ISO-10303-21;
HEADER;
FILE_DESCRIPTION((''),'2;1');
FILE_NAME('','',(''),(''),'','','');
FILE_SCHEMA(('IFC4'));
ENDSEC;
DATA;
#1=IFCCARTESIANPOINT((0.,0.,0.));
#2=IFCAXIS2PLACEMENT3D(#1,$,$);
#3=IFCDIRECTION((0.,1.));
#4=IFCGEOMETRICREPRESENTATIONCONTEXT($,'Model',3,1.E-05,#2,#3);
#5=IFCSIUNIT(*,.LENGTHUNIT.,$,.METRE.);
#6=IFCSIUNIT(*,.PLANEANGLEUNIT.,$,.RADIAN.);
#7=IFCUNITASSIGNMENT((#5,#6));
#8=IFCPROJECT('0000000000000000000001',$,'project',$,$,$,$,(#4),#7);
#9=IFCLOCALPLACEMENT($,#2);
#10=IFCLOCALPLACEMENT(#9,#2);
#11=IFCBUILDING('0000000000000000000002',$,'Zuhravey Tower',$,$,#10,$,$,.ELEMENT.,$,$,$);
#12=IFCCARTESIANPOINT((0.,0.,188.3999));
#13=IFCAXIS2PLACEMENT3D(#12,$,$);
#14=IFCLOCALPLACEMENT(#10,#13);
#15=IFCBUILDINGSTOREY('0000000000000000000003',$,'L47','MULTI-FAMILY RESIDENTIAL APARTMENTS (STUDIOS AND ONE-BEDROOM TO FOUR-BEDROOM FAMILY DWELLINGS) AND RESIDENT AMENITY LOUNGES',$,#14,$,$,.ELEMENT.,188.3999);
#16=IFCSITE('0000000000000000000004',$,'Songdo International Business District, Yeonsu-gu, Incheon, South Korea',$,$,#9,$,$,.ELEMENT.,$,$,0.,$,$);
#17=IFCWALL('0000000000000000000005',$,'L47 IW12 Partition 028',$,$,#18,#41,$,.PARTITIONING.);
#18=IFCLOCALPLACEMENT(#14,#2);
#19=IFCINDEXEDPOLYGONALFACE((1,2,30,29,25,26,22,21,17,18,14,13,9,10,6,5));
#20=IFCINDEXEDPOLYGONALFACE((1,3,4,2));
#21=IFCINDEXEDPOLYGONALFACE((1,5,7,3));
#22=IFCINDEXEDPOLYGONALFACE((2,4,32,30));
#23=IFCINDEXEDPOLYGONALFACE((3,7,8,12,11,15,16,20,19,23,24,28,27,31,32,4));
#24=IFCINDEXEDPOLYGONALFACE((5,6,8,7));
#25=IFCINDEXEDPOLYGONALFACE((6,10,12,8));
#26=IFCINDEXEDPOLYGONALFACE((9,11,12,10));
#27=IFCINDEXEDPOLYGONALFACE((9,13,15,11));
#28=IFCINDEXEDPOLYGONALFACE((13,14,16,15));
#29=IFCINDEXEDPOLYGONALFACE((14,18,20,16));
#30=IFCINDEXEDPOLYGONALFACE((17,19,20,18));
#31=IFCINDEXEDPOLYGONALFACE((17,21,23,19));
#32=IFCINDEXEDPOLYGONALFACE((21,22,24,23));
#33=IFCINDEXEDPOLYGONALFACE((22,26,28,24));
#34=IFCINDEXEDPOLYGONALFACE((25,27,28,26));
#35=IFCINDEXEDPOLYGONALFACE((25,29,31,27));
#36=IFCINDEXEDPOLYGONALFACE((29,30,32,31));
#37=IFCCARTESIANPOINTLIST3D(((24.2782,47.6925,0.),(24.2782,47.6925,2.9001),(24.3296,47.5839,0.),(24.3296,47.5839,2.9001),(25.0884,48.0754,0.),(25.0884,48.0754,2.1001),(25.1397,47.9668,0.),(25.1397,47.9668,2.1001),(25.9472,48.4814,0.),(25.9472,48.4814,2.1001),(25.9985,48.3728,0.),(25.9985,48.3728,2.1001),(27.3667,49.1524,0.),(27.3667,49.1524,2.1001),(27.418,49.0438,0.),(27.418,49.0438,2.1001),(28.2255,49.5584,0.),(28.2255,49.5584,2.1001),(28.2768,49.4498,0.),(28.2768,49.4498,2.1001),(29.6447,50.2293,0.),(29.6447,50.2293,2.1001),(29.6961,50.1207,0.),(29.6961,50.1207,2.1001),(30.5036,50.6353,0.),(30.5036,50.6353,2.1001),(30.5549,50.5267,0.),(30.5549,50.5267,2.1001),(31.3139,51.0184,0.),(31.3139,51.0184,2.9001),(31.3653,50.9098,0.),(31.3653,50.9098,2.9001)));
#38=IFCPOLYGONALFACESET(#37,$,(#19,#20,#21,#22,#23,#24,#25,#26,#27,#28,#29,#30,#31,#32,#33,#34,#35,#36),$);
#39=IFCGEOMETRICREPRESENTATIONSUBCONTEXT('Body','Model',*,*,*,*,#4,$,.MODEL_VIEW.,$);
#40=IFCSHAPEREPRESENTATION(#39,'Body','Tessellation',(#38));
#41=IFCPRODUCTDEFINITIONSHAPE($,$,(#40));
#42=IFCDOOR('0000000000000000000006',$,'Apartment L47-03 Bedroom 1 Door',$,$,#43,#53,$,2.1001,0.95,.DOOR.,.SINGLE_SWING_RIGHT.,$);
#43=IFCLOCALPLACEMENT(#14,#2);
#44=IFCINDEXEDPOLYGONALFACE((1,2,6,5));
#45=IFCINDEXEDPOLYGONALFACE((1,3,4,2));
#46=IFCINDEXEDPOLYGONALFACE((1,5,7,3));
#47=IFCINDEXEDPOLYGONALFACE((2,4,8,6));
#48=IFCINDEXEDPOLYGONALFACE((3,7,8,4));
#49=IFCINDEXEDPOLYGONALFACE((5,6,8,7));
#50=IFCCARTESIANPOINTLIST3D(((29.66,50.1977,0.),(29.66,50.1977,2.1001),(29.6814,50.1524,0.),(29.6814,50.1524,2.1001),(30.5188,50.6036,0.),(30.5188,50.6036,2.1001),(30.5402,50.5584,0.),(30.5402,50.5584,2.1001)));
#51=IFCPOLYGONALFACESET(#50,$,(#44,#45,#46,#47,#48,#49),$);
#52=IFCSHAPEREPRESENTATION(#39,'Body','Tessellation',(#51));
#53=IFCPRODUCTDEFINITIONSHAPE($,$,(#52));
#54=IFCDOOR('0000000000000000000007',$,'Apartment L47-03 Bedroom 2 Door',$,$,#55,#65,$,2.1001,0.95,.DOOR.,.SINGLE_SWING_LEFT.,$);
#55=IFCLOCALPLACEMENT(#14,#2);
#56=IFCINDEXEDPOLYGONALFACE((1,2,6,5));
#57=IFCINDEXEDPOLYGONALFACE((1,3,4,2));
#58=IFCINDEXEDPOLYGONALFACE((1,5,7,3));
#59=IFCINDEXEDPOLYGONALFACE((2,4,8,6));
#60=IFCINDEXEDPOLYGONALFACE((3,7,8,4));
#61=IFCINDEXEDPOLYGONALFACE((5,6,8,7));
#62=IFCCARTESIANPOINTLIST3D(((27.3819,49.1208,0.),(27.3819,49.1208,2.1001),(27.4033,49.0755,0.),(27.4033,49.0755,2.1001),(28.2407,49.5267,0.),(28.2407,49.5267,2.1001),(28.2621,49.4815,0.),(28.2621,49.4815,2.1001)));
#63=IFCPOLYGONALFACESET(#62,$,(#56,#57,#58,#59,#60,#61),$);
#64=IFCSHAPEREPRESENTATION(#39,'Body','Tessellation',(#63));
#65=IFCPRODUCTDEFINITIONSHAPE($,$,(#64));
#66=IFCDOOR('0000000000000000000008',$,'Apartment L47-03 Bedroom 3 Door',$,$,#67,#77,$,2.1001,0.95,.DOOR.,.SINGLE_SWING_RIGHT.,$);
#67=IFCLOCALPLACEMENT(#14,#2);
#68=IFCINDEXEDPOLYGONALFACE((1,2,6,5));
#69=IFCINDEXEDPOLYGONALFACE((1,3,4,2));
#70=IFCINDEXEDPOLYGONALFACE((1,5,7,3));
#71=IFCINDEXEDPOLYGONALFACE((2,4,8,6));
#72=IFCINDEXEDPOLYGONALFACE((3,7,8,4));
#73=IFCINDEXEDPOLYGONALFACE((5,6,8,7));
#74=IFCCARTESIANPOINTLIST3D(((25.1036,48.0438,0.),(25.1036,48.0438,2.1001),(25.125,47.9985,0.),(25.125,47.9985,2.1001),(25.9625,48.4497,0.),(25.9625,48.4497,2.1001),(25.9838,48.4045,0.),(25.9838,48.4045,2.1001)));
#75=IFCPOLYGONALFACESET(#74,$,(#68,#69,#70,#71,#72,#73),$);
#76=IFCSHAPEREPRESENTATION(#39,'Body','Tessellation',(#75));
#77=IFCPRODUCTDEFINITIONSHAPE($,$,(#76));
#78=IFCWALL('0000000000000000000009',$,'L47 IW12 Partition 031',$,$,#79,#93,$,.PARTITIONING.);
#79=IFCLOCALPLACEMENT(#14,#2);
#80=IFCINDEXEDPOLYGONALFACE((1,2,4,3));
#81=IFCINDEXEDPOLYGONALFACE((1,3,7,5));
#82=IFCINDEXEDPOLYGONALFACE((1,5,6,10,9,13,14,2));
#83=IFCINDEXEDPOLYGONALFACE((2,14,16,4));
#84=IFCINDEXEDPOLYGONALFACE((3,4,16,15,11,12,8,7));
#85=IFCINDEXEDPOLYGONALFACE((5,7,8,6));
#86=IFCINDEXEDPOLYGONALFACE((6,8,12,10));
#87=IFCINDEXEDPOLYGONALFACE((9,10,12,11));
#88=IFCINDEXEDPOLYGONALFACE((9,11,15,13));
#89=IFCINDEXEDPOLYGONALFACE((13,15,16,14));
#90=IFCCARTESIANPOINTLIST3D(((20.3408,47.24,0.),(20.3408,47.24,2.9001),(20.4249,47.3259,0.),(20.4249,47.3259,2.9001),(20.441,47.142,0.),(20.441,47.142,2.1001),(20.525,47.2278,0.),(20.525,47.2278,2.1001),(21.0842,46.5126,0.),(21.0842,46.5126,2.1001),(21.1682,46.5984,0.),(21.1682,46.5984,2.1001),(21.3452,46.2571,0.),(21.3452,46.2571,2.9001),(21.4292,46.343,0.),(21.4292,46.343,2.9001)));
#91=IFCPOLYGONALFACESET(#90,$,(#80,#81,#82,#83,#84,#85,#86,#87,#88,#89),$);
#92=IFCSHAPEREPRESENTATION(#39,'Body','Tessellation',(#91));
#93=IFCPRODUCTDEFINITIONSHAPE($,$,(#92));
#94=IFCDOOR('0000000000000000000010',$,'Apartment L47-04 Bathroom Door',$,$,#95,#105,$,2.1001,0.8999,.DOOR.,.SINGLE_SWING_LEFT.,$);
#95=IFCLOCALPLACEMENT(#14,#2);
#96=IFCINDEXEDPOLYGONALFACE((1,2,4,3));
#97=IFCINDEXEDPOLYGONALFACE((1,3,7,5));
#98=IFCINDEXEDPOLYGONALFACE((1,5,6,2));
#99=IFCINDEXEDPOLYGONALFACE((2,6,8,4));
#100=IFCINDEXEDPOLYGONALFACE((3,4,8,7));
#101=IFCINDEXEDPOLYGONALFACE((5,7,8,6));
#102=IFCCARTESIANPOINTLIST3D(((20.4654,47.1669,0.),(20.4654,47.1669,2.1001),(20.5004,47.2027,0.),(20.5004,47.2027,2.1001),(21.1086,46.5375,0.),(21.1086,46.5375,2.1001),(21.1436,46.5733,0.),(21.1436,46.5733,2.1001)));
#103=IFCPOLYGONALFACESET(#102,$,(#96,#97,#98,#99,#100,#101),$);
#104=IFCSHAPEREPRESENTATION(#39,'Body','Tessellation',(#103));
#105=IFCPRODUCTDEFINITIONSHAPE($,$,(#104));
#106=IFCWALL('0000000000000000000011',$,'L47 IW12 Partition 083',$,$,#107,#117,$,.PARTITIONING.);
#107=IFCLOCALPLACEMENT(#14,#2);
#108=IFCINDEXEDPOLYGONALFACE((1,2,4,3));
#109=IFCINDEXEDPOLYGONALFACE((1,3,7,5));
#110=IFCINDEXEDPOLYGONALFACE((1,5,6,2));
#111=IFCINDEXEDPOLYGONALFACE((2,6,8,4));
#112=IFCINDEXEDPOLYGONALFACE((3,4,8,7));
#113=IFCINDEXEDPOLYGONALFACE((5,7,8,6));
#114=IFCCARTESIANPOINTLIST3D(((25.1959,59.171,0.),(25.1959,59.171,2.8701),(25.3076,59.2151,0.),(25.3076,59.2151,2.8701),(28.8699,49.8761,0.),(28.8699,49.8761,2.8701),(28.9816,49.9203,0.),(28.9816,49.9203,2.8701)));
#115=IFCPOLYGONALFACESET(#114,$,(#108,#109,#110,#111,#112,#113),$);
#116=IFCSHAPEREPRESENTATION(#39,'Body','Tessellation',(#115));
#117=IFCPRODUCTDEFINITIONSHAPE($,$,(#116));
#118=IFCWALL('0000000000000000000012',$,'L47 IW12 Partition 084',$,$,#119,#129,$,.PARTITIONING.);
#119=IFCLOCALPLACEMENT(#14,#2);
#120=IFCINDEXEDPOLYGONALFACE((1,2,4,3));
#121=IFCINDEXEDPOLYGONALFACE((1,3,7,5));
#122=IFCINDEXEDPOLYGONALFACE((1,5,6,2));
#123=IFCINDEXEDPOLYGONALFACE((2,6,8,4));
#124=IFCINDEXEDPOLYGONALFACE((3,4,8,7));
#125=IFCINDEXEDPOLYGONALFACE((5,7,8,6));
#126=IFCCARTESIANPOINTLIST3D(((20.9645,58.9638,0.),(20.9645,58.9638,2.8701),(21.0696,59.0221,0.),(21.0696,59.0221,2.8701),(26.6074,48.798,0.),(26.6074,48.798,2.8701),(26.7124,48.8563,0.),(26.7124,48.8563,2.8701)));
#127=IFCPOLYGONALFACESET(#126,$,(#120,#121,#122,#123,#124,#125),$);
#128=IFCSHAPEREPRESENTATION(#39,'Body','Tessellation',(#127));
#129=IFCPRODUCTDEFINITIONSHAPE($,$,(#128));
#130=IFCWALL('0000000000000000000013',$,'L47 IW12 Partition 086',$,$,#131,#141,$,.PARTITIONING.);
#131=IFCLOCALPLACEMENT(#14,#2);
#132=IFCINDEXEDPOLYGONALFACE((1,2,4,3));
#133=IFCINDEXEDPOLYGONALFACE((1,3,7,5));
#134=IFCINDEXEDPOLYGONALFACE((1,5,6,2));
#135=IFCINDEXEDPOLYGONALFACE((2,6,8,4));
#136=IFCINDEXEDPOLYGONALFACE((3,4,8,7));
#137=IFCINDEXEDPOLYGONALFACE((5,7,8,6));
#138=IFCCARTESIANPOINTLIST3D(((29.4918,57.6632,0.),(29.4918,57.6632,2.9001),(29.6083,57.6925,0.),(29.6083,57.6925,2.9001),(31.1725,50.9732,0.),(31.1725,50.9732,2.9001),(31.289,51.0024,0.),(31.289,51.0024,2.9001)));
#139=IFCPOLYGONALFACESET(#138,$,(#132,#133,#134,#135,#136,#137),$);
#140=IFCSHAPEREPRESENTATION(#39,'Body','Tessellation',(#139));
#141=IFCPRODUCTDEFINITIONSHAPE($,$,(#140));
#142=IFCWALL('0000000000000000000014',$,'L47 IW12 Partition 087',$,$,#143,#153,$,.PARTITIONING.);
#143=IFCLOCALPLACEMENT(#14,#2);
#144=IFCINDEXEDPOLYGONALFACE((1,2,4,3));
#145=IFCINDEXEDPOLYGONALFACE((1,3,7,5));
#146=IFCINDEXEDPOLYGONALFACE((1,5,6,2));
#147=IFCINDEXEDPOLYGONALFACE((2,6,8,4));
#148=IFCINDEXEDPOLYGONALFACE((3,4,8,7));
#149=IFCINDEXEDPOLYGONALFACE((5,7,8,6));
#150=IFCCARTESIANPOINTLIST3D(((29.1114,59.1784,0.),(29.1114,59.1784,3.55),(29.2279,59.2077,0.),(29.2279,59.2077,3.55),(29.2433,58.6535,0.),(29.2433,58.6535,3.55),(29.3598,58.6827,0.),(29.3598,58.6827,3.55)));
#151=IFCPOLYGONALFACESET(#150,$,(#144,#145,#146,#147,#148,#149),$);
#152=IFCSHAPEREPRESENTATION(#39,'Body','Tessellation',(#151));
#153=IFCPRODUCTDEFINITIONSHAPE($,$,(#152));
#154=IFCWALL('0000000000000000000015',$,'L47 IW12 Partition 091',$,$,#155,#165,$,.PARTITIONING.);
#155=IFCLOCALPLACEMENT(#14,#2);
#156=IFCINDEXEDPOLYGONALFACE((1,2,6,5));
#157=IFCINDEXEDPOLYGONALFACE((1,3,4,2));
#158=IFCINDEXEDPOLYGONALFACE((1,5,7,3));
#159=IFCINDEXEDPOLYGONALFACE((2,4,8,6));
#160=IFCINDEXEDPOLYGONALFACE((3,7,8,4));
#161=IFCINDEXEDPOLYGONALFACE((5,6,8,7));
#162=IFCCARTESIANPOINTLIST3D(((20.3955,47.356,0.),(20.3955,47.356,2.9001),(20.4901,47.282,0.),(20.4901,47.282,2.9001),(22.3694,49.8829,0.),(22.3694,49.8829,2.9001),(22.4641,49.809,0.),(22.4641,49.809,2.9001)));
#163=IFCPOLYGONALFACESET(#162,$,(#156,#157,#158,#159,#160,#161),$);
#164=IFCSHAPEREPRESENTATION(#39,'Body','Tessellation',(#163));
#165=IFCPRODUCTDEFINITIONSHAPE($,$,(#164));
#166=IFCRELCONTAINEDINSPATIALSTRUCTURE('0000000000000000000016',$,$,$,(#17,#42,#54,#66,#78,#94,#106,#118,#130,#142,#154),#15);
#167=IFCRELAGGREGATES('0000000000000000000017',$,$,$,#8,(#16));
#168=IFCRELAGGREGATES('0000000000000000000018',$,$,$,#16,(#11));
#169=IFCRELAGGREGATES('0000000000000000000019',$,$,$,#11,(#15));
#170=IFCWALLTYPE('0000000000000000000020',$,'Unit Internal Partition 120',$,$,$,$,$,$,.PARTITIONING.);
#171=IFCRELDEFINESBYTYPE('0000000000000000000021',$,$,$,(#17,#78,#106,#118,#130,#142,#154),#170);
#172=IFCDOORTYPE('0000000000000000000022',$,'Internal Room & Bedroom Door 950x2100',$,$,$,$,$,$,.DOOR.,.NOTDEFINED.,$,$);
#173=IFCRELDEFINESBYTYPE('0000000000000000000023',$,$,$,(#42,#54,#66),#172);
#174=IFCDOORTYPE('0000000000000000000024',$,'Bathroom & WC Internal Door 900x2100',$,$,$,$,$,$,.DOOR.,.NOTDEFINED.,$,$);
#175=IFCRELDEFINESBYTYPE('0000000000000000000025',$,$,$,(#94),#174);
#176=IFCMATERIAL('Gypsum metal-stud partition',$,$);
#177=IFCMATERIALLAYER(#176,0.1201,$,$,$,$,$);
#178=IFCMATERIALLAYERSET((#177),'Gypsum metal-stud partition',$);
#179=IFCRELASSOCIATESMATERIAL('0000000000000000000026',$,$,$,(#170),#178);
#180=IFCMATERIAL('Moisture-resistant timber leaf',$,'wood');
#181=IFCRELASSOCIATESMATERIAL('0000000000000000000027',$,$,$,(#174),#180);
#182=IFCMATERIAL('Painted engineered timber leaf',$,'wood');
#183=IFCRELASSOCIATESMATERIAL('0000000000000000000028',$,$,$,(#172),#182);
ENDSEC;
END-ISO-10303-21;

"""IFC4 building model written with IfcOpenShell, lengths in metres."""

from ifc_helpers import new_model, si_unit, direction, frame, frame_2d, origin, place, context, subcontext, project, spatial, rectangle, extrude, material, layer, layer_set, type_object, element, fill, save


model = new_model("IFC4")

# Units and contexts
model_context = context("Model", 3, precision=1e-05, world=origin(), true_north=direction((0.0, 1.0)))
body_context = subcontext(model_context, "Body", "Model", "MODEL_VIEW")
ifc_project = project(units=[si_unit("LENGTHUNIT", "METRE"), si_unit("PLANEANGLEUNIT", "RADIAN")], contexts=[model_context])

# Site, building, storey
site_placement = place(None, origin())
site = spatial("IfcSite", under=ifc_project, at=site_placement, Name="Songdo International Business District, Yeonsu-gu, Incheon, South Korea", CompositionType="ELEMENT", RefElevation=0.0)
building_placement = place(site_placement, origin())
building = spatial("IfcBuilding", under=site, at=building_placement, Name="Zuhravey Tower", CompositionType="ELEMENT")
storey_placement = place(building_placement, frame((0.0, 0.0, 188.3999)))
storey = spatial("IfcBuildingStorey", under=building, at=storey_placement, Name="L47", Description="MULTI-FAMILY RESIDENTIAL APARTMENTS (STUDIOS AND ONE-BEDROOM TO FOUR-BEDROOM FAMILY DWELLINGS) AND RESIDENT AMENITY LOUNGES", CompositionType="ELEMENT", Elevation=188.3999)

# Wall, openings, doors
ifc_material_1 = material(Name="Gypsum metal-stud partition")
ifc_layer_1 = layer(ifc_material_1, 0.1201)
ifc_layer_set_1 = layer_set([ifc_layer_1], Name="Gypsum metal-stud partition")
wall_type_1 = type_object("IfcWallType", Name="Unit Internal Partition 120", PredefinedType="PARTITIONING", material=ifc_layer_set_1)
ifc_material_2 = material(Name="Moisture-resistant timber leaf", Category="wood")
door_type_1 = type_object("IfcDoorType", Name="Bathroom & WC Internal Door 900x2100", OperationType="NOTDEFINED", PredefinedType="DOOR", material=ifc_material_2)
ifc_material_3 = material(Name="Painted engineered timber leaf", Category="wood")
door_type_2 = type_object("IfcDoorType", Name="Internal Room & Bedroom Door 950x2100", OperationType="NOTDEFINED", PredefinedType="DOOR", material=ifc_material_3)
wall_1_placement = place(storey_placement, frame((31.3396, 50.9641, 0.0), z_axis=(0.0, 0.0, 1.0), x_axis=(-0.904073, -0.427378, 0.0)))
wall_1 = element("IfcWall", 1, at=wall_1_placement, inside=storey, type_object=wall_type_1, Name="L47 IW12 Partition 028", PredefinedType="PARTITIONING", context=body_context, shape_type="SweptSolid", body=[
    extrude(rectangle(XDim=7.7822, YDim=0.1201, at=frame_2d((3.8911, 0.0))), origin(), (0.0, 0.0, 1.0), 2.9001),
])
opening_1_placement = place(wall_1_placement, frame((0.8962, 0.0, 0.0)))
opening_1 = element("IfcOpeningElement", 2, at=opening_1_placement, cuts=wall_1, PredefinedType="OPENING", context=body_context, shape_type="SweptSolid", body=[
    extrude(rectangle(XDim=0.95, YDim=2.1001, at=frame_2d((0.4751, 1.05))), frame((0.0, 0.072, 0.0), z_axis=(0.0, -1.0, 0.0), x_axis=(1.0, 0.0, 0.0)), (0.0, 0.0, 1.0), 0.144),
])
opening_2_placement = place(wall_1_placement, frame((3.416, 0.0, 0.0)))
opening_2 = element("IfcOpeningElement", 3, at=opening_2_placement, cuts=wall_1, PredefinedType="OPENING", context=body_context, shape_type="SweptSolid", body=[
    extrude(rectangle(XDim=0.95, YDim=2.1001, at=frame_2d((0.4751, 1.05))), frame((0.0, 0.072, 0.0), z_axis=(0.0, -1.0, 0.0), x_axis=(1.0, 0.0, 0.0)), (0.0, 0.0, 1.0), 0.144),
])
opening_3_placement = place(wall_1_placement, frame((5.936, 0.0, 0.0)))
opening_3 = element("IfcOpeningElement", 4, at=opening_3_placement, cuts=wall_1, PredefinedType="OPENING", context=body_context, shape_type="SweptSolid", body=[
    extrude(rectangle(XDim=0.95, YDim=2.1001, at=frame_2d((0.4751, 1.05))), frame((0.0, 0.072, 0.0), z_axis=(0.0, -1.0, 0.0), x_axis=(1.0, 0.0, 0.0)), (0.0, 0.0, 1.0), 0.144),
])
door_1_placement = place(opening_1_placement, frame((0.95, 0.0, 0.0), z_axis=(0.0, 0.0, 1.0), x_axis=(-1.0, 0.0, 0.0)))
door_1 = element("IfcDoor", 5, at=door_1_placement, inside=storey, type_object=door_type_2, Name="Apartment L47-03 Bedroom 1 Door", OperationType="SINGLE_SWING_RIGHT", OverallHeight=2.1001, OverallWidth=0.95, PredefinedType="DOOR", context=body_context, shape_type="SweptSolid", body=[
    extrude(rectangle(XDim=0.95, YDim=2.1001, at=frame_2d((0.4751, 1.05))), frame((0.0, 0.0249, 0.0), z_axis=(0.0, -1.0, 0.0), x_axis=(1.0, 0.0, 0.0)), (0.0, 0.0, 1.0), 0.05),
])
fill(opening_1, door_1)
door_2_placement = place(opening_2_placement, frame((0.95, 0.0, 0.0), z_axis=(0.0, 0.0, 1.0), x_axis=(-1.0, 0.0, 0.0)))
door_2 = element("IfcDoor", 6, at=door_2_placement, inside=storey, type_object=door_type_2, Name="Apartment L47-03 Bedroom 2 Door", OperationType="SINGLE_SWING_LEFT", OverallHeight=2.1001, OverallWidth=0.95, PredefinedType="DOOR", context=body_context, shape_type="SweptSolid", body=[
    extrude(rectangle(XDim=0.95, YDim=2.1001, at=frame_2d((0.4751, 1.05))), frame((0.0, 0.0249, 0.0), z_axis=(0.0, -1.0, 0.0), x_axis=(1.0, 0.0, 0.0)), (0.0, 0.0, 1.0), 0.05),
])
fill(opening_2, door_2)
door_3_placement = place(opening_3_placement, frame((0.95, 0.0, 0.0), z_axis=(0.0, 0.0, 1.0), x_axis=(-1.0, 0.0, 0.0)))
door_3 = element("IfcDoor", 7, at=door_3_placement, inside=storey, type_object=door_type_2, Name="Apartment L47-03 Bedroom 3 Door", OperationType="SINGLE_SWING_RIGHT", OverallHeight=2.1001, OverallWidth=0.95, PredefinedType="DOOR", context=body_context, shape_type="SweptSolid", body=[
    extrude(rectangle(XDim=0.95, YDim=2.1001, at=frame_2d((0.4751, 1.05))), frame((0.0, 0.0249, 0.0), z_axis=(0.0, -1.0, 0.0), x_axis=(1.0, 0.0, 0.0)), (0.0, 0.0, 1.0), 0.05),
])
fill(opening_3, door_3)

# Wall, opening, door
wall_2_placement = place(storey_placement, frame((21.3872, 46.3, 0.0), z_axis=(0.0, 0.0, 1.0), x_axis=(-0.714709, 0.699422, 0.0)))
wall_2 = element("IfcWall", 8, at=wall_2_placement, inside=storey, type_object=wall_type_1, Name="L47 IW12 Partition 031", PredefinedType="PARTITIONING", context=body_context, shape_type="SweptSolid", body=[
    extrude(rectangle(XDim=1.4053, YDim=0.1201, at=frame_2d((0.7026, 0.0))), origin(), (0.0, 0.0, 1.0), 2.9001),
])
opening_4_placement = place(wall_2_placement, frame((0.3652, 0.0, 0.0)))
opening_4 = element("IfcOpeningElement", 9, at=opening_4_placement, cuts=wall_2, PredefinedType="OPENING", context=body_context, shape_type="SweptSolid", body=[
    extrude(rectangle(XDim=0.8999, YDim=2.1001, at=frame_2d((0.45, 1.05))), frame((0.0, 0.072, 0.0), z_axis=(0.0, -1.0, 0.0), x_axis=(1.0, 0.0, 0.0)), (0.0, 0.0, 1.0), 0.144),
])
door_4_placement = place(opening_4_placement, frame((0.8999, 0.0, 0.0), z_axis=(0.0, 0.0, 1.0), x_axis=(-1.0, 0.0, 0.0)))
door_4 = element("IfcDoor", 10, at=door_4_placement, inside=storey, type_object=door_type_1, Name="Apartment L47-04 Bathroom Door", OperationType="SINGLE_SWING_LEFT", OverallHeight=2.1001, OverallWidth=0.8999, PredefinedType="DOOR", context=body_context, shape_type="SweptSolid", body=[
    extrude(rectangle(XDim=0.8999, YDim=2.1001, at=frame_2d((0.45, 1.05))), frame((0.0, 0.0249, 0.0), z_axis=(0.0, -1.0, 0.0), x_axis=(1.0, 0.0, 0.0)), (0.0, 0.0, 1.0), 0.05),
])
fill(opening_4, door_4)

# Walls
wall_3_placement = place(storey_placement, frame((28.9258, 49.8982, 0.0), z_axis=(0.0, 0.0, 1.0), x_axis=(-0.367601, 0.929983, 0.0)))
element("IfcWall", 11, at=wall_3_placement, inside=storey, type_object=wall_type_1, Name="L47 IW12 Partition 083", PredefinedType="PARTITIONING", context=body_context, shape_type="SweptSolid", body=[
    extrude(rectangle(XDim=9.9946, YDim=0.1201, at=frame_2d((4.9973, 0.0))), origin(), (0.0, 0.0, 1.0), 2.8701),
])
wall_4_placement = place(storey_placement, frame((26.6599, 48.8271, 0.0), z_axis=(0.0, 0.0, 1.0), x_axis=(-0.485326, 0.874334, 0.0)))
element("IfcWall", 12, at=wall_4_placement, inside=storey, type_object=wall_type_1, Name="L47 IW12 Partition 084", PredefinedType="PARTITIONING", context=body_context, shape_type="SweptSolid", body=[
    extrude(rectangle(XDim=11.627, YDim=0.1201, at=frame_2d((5.8135, 0.0))), origin(), (0.0, 0.0, 1.0), 2.8701),
])
wall_5_placement = place(storey_placement, frame((31.2307, 50.9878, 0.0), z_axis=(0.0, 0.0, 1.0), x_axis=(-0.243643, 0.969865, 0.0)))
element("IfcWall", 13, at=wall_5_placement, inside=storey, type_object=wall_type_1, Name="L47 IW12 Partition 086", PredefinedType="PARTITIONING", context=body_context, shape_type="SweptSolid", body=[
    extrude(rectangle(XDim=6.8979, YDim=0.1201, at=frame_2d((3.449, 0.0))), origin(), (0.0, 0.0, 1.0), 2.9001),
])
wall_6_placement = place(storey_placement, frame((29.3015, 58.6682, 0.0), z_axis=(0.0, 0.0, 1.0), x_axis=(-0.243597, 0.969877, 0.0)))
element("IfcWall", 14, at=wall_6_placement, inside=storey, type_object=wall_type_1, Name="L47 IW12 Partition 087", PredefinedType="PARTITIONING", context=body_context, shape_type="SweptSolid", body=[
    extrude(rectangle(XDim=0.5413, YDim=0.1201, at=frame_2d((0.2705, 0.0))), origin(), (0.0, 0.0, 1.0), 3.55),
])
wall_7_placement = place(storey_placement, frame((22.4167, 49.8459, 0.0), z_axis=(0.0, 0.0, 1.0), x_axis=(-0.6156, -0.788059, 0.0)))
element("IfcWall", 15, at=wall_7_placement, inside=storey, type_object=wall_type_1, Name="L47 IW12 Partition 091", PredefinedType="PARTITIONING", context=body_context, shape_type="SweptSolid", body=[
    extrude(rectangle(XDim=3.2065, YDim=0.1201, at=frame_2d((1.6033, 0.0))), origin(), (0.0, 0.0, 1.0), 2.9001),
])

save(model, "model.ifc")
